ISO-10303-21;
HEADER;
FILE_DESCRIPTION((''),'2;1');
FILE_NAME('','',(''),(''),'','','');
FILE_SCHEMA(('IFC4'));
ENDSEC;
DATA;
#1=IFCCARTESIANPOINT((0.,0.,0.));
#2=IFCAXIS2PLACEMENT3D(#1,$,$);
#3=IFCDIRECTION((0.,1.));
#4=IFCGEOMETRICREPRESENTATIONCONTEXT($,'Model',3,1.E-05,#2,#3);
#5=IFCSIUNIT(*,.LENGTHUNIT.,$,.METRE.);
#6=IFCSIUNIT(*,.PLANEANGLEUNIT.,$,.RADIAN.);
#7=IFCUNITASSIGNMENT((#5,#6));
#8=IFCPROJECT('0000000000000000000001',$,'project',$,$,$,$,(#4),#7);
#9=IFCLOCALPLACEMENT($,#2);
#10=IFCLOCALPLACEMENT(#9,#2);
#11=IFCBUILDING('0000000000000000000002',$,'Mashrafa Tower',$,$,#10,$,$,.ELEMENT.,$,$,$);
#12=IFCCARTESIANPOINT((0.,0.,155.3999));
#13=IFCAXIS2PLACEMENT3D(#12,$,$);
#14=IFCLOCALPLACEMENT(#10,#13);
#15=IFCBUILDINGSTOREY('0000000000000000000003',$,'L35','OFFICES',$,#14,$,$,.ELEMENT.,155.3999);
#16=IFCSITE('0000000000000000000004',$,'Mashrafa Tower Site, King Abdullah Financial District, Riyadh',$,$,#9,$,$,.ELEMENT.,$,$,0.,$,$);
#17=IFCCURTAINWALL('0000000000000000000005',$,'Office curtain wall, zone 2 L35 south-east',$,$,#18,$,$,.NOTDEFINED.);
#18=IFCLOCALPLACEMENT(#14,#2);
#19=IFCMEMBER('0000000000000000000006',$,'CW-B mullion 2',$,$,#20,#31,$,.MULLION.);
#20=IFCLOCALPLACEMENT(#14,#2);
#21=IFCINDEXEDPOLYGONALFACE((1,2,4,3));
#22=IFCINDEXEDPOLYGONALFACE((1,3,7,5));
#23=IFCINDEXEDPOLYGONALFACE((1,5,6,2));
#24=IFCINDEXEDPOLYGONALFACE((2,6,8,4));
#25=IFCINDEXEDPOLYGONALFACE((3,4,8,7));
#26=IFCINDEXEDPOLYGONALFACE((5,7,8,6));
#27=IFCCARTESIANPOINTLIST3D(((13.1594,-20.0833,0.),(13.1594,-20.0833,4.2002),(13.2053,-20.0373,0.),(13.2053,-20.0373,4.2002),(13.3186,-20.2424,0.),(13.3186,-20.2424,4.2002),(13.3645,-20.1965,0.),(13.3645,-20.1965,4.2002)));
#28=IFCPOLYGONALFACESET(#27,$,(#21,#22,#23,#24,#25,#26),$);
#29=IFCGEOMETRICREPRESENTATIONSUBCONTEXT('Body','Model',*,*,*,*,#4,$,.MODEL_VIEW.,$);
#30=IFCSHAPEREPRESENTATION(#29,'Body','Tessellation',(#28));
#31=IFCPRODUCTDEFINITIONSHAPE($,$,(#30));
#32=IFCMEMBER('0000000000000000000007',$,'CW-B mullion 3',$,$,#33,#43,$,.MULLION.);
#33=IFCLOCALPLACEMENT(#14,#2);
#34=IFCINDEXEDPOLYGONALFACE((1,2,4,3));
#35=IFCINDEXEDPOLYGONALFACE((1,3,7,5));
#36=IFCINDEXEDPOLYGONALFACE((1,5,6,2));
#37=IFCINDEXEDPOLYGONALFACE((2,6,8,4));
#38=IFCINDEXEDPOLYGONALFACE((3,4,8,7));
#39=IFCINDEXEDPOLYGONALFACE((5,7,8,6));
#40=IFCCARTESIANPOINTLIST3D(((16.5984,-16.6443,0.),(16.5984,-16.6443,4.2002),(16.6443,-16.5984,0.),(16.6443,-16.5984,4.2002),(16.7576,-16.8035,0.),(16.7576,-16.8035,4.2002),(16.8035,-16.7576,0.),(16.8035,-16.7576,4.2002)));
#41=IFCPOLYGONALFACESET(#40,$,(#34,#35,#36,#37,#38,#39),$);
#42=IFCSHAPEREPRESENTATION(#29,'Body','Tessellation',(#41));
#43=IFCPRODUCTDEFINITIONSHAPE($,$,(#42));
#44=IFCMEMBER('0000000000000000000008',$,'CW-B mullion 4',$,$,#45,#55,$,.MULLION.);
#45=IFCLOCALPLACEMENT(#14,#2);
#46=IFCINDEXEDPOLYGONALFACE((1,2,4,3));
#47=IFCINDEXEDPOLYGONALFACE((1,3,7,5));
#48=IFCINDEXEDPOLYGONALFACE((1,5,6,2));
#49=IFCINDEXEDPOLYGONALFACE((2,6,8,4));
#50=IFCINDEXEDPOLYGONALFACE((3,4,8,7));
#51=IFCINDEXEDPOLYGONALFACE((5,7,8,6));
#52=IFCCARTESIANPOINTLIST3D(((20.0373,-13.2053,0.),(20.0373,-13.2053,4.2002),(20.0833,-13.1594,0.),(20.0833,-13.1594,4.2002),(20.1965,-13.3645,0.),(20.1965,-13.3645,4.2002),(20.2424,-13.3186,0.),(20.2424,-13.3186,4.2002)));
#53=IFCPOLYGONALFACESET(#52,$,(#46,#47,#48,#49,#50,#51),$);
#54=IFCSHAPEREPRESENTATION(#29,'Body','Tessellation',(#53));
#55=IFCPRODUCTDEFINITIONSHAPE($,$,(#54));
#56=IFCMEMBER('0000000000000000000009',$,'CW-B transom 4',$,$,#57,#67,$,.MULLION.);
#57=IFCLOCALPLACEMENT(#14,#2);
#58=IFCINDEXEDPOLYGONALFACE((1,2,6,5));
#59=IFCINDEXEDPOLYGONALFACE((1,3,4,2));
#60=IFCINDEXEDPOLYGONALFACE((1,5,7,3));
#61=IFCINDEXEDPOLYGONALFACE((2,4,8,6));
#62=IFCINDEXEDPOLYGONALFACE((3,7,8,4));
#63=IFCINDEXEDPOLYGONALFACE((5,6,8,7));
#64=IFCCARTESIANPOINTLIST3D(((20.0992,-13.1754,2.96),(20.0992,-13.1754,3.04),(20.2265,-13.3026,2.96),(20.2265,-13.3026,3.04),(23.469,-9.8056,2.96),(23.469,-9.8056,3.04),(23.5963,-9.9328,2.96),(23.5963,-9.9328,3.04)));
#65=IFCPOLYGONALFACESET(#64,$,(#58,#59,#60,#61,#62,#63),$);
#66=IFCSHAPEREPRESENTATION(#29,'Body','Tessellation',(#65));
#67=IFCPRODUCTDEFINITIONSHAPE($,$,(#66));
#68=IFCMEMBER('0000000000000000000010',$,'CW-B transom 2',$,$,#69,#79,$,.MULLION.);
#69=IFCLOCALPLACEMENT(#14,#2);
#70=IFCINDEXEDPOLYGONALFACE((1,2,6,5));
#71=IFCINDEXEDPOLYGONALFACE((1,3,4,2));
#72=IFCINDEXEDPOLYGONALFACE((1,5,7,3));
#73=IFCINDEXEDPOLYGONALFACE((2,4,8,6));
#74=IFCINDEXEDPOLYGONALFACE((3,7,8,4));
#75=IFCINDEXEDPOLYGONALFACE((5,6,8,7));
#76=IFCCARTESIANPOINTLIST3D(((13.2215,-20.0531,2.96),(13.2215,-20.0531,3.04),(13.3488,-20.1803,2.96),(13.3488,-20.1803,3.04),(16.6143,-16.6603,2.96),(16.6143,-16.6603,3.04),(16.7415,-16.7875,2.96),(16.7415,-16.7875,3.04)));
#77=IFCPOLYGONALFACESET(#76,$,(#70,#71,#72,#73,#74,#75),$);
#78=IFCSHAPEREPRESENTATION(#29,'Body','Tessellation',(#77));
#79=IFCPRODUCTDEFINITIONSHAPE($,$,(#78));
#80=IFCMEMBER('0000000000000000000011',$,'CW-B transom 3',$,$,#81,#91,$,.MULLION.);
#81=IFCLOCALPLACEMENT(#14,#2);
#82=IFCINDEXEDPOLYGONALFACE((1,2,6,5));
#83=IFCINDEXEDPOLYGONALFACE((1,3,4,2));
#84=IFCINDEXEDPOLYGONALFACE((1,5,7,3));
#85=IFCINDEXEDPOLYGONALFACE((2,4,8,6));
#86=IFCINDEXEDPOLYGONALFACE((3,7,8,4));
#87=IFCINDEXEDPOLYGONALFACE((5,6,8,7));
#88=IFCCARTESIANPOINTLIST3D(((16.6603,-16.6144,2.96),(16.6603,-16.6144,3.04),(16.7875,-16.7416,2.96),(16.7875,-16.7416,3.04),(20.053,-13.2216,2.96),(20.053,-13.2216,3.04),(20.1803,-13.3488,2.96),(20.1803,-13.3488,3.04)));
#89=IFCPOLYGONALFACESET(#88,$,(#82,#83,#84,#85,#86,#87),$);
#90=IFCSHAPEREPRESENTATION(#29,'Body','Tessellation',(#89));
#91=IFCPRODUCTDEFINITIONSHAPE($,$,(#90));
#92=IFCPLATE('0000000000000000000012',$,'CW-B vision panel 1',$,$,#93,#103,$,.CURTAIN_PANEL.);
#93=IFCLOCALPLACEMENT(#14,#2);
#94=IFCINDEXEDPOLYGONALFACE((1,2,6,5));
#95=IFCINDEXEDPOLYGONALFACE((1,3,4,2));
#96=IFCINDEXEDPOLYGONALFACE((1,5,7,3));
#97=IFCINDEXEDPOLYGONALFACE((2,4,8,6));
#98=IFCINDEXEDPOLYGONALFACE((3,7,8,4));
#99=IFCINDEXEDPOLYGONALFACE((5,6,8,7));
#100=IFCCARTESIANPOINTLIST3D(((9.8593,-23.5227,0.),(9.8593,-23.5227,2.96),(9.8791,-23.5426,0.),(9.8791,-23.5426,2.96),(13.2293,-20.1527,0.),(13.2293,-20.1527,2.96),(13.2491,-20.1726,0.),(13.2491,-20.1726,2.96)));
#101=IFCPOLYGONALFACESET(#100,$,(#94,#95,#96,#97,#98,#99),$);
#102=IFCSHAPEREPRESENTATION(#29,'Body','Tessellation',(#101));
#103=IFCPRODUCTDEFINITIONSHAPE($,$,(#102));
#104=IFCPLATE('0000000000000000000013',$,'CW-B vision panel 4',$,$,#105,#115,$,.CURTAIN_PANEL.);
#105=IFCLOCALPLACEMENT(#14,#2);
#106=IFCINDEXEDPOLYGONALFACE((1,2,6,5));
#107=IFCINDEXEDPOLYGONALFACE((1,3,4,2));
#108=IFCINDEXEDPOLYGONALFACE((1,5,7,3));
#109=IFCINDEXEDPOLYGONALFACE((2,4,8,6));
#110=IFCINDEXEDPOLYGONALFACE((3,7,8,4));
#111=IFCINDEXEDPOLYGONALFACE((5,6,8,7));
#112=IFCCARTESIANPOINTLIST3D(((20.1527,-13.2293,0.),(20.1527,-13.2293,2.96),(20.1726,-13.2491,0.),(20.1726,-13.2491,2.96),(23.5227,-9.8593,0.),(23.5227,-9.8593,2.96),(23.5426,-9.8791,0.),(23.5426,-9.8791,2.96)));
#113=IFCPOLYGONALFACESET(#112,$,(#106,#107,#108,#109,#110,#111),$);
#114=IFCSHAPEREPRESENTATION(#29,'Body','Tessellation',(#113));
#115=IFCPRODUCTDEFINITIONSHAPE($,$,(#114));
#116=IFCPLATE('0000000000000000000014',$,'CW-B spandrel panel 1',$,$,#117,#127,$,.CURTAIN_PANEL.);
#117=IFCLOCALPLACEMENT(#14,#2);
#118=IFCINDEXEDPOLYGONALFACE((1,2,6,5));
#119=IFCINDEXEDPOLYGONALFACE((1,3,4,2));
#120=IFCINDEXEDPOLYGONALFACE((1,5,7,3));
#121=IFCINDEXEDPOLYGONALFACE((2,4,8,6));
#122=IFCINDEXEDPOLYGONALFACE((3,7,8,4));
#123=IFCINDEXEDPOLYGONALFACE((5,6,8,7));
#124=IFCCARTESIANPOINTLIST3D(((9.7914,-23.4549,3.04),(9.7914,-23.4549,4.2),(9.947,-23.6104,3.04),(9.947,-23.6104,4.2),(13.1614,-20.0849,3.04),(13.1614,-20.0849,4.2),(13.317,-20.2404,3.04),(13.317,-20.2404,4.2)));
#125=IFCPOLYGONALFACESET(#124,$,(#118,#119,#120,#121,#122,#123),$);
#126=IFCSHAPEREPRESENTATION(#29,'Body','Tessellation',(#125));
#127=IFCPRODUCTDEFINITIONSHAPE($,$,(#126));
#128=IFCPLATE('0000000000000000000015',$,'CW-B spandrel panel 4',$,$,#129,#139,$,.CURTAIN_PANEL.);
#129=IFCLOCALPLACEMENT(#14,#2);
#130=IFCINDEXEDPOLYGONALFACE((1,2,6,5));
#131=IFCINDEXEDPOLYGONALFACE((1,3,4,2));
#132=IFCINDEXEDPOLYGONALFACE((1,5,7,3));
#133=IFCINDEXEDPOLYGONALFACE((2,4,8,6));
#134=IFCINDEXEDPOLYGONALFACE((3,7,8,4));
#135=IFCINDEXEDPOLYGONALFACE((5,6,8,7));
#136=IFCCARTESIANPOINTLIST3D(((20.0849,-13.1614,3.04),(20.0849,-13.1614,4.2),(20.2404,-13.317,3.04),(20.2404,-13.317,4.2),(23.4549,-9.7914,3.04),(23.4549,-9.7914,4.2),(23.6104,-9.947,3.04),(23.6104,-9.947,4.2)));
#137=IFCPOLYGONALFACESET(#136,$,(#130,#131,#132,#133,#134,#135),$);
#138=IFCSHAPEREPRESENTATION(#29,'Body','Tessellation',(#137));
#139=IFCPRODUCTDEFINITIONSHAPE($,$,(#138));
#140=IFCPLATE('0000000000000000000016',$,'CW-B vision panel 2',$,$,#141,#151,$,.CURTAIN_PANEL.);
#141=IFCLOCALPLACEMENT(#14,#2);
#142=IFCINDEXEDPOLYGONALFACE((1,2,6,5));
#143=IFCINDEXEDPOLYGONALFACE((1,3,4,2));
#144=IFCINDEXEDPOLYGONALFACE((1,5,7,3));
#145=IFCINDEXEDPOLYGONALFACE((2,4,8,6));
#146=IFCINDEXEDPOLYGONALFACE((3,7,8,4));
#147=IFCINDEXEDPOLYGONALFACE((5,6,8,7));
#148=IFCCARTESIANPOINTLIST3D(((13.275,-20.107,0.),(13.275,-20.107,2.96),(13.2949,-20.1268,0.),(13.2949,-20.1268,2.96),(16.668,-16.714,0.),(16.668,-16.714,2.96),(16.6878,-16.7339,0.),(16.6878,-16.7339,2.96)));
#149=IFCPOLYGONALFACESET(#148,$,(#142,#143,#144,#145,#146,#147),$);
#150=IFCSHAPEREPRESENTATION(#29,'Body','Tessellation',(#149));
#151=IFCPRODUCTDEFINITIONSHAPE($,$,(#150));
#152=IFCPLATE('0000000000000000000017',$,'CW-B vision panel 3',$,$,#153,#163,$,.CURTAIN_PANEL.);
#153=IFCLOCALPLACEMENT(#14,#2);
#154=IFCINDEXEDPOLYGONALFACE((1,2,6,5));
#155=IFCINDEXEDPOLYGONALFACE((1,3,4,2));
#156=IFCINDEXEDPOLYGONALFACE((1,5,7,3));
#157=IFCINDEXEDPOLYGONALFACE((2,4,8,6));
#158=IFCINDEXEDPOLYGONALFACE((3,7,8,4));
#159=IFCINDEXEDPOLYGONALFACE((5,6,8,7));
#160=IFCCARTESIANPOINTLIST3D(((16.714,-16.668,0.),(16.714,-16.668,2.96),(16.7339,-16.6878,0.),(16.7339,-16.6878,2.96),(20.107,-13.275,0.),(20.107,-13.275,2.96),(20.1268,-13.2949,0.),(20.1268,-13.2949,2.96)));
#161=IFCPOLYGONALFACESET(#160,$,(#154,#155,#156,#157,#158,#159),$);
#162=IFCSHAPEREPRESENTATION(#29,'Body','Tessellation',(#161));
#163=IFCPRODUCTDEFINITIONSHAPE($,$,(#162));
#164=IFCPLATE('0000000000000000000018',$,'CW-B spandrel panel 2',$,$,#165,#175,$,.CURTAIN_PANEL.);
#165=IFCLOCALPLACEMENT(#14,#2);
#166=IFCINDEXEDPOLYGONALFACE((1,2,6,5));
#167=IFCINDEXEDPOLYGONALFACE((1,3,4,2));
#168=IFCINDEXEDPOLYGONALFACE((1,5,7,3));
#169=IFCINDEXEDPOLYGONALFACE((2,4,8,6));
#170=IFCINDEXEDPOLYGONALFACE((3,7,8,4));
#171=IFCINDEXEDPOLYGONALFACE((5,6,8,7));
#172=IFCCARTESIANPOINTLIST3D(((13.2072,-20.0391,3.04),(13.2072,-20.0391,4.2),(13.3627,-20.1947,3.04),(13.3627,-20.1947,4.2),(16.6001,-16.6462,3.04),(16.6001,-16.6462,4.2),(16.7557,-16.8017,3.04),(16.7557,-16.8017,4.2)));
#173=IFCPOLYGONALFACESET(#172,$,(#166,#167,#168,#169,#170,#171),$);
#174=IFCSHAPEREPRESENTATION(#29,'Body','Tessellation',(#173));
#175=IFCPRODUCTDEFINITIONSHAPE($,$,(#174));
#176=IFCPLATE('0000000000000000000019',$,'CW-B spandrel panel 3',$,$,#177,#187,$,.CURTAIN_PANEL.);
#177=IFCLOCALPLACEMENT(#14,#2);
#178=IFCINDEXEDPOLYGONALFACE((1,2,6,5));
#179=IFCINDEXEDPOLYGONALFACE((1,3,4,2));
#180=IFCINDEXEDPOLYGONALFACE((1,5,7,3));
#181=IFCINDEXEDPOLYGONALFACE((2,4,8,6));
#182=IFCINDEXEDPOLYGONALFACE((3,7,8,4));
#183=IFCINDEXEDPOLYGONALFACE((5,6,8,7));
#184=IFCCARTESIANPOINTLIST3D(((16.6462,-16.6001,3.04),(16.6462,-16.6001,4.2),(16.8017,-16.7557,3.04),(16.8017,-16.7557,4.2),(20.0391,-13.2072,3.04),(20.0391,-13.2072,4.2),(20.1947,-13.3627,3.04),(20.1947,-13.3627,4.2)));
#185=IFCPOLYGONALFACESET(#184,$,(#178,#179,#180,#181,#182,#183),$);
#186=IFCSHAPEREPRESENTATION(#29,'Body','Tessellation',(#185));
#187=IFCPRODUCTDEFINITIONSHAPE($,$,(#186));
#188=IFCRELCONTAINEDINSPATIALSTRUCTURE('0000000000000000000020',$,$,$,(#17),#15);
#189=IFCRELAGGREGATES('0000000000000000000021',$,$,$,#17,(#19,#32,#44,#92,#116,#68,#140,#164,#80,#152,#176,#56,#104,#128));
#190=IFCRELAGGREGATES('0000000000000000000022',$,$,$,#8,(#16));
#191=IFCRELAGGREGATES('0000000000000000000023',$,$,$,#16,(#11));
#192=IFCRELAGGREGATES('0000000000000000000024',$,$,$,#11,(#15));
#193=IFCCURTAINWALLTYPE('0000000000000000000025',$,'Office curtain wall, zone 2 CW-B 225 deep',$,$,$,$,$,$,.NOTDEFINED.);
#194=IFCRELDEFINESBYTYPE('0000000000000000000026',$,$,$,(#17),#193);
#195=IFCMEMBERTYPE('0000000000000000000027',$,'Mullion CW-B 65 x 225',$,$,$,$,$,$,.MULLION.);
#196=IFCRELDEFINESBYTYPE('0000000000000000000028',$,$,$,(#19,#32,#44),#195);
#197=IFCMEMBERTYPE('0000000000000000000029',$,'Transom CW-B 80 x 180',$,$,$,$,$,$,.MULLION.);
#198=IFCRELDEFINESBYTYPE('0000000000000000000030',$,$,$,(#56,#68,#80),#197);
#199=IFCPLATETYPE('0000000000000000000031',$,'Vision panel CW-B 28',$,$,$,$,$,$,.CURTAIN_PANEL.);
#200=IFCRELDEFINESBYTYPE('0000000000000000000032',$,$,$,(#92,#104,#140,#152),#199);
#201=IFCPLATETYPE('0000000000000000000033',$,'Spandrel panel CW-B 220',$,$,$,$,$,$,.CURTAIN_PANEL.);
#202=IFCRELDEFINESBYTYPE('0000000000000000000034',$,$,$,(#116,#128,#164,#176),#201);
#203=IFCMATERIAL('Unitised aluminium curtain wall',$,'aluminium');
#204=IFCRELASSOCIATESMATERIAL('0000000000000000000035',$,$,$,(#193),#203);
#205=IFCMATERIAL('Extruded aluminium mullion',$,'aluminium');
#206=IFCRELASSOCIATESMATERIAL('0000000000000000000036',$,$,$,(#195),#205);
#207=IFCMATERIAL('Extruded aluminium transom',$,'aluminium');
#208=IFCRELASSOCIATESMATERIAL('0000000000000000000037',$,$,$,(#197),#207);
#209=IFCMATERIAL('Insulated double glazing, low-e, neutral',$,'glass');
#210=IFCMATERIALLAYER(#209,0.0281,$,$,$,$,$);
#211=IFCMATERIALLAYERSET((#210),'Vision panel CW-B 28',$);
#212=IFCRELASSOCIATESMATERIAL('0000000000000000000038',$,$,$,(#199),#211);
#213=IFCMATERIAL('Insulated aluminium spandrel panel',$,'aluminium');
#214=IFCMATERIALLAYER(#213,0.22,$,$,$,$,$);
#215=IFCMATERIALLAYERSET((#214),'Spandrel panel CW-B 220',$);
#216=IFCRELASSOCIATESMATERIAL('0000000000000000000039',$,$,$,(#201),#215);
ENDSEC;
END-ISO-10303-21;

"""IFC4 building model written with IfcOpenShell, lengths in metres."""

from ifc_helpers import new_model, si_unit, direction, frame, origin, origin_2d, place, context, subcontext, project, spatial, rectangle, extrude, source, transform, mapped, material, layer, layer_set, material_profile, profile_set, type_object, type_shapes, element, aggregate, save


model = new_model("IFC4")

# Units and contexts
model_context = context("Model", 3, precision=1e-05, world=origin(), true_north=direction((0.0, 1.0)))
body_context = subcontext(model_context, "Body", "Model", "MODEL_VIEW")
ifc_project = project(units=[si_unit("LENGTHUNIT", "METRE"), si_unit("PLANEANGLEUNIT", "RADIAN")], contexts=[model_context])

# Site, building, storey
site_placement = place(None, origin())
site = spatial("IfcSite", under=ifc_project, at=site_placement, Name="Mashrafa Tower Site, King Abdullah Financial District, Riyadh", CompositionType="ELEMENT", RefElevation=0.0)
building_placement = place(site_placement, origin())
building = spatial("IfcBuilding", under=site, at=building_placement, Name="Mashrafa Tower", CompositionType="ELEMENT")
storey_placement = place(building_placement, frame((0.0, 0.0, 155.3999)))
storey = spatial("IfcBuildingStorey", under=building, at=storey_placement, Name="L35", Description="OFFICES", CompositionType="ELEMENT", Elevation=155.3999)

# Curtain wall, members, plates
ifc_material_1 = material(Name="Unitised aluminium curtain wall", Category="aluminium")
curtain_wall_type = type_object("IfcCurtainWallType", Name="Office curtain wall, zone 2 CW-B 225 deep", PredefinedType="NOTDEFINED", material=ifc_material_1)
curtain_wall_placement = place(storey_placement, origin())
curtain_wall = element("IfcCurtainWall", 1, at=curtain_wall_placement, inside=storey, type_object=curtain_wall_type, Name="Office curtain wall, zone 2 L35 south-east", PredefinedType="NOTDEFINED")
ifc_material_2 = material(Name="Extruded aluminium mullion", Category="aluminium")
ifc_material_profile_1 = material_profile(ifc_material_2, rectangle(XDim=0.2251, YDim=0.0649, at=origin_2d()), Name="Mullion 65x225")
ifc_profile_set_1 = profile_set([ifc_material_profile_1], Name="Extruded aluminium mullion")
member_type_1 = type_object("IfcMemberType", Name="Mullion CW-B 65 x 225", PredefinedType="MULLION", material=ifc_profile_set_1)
shared_shape_1 = source(origin(), body_context, "Body", "SweptSolid", [
    extrude(rectangle(XDim=0.2251, YDim=0.0649, at=origin_2d()), origin(), (0.0, 0.0, 1.0), 4.2002),
])
type_shapes(member_type_1, [shared_shape_1])
member_1_placement = place(storey_placement, frame((13.262, -20.1399, 0.0), z_axis=(0.0, 0.0, 1.0), x_axis=(-0.707107, 0.707107, 0.0)))
member_1 = element("IfcMember", 2, at=member_1_placement, type_object=member_type_1, Name="CW-B mullion 2", PredefinedType="MULLION", context=body_context, shape_type="MappedRepresentation", body=[
    mapped(shared_shape_1, transform((0.0, 0.0, 0.0))),
])
member_2_placement = place(storey_placement, frame((16.7009, -16.7009, 0.0), z_axis=(0.0, 0.0, 1.0), x_axis=(-0.707107, 0.707107, 0.0)))
member_2 = element("IfcMember", 3, at=member_2_placement, type_object=member_type_1, Name="CW-B mullion 3", PredefinedType="MULLION", context=body_context, shape_type="MappedRepresentation", body=[
    mapped(shared_shape_1, transform((0.0, 0.0, 0.0))),
])
member_3_placement = place(storey_placement, frame((20.1399, -13.262, 0.0), z_axis=(0.0, 0.0, 1.0), x_axis=(-0.707107, 0.707107, 0.0)))
member_3 = element("IfcMember", 4, at=member_3_placement, type_object=member_type_1, Name="CW-B mullion 4", PredefinedType="MULLION", context=body_context, shape_type="MappedRepresentation", body=[
    mapped(shared_shape_1, transform((0.0, 0.0, 0.0))),
])
ifc_material_3 = material(Name="Extruded aluminium transom", Category="aluminium")
ifc_material_profile_2 = material_profile(ifc_material_3, rectangle(XDim=0.1799, YDim=0.0801, at=origin_2d()), Name="Transom 80x180")
ifc_profile_set_2 = profile_set([ifc_material_profile_2], Name="Extruded aluminium transom")
member_type_2 = type_object("IfcMemberType", Name="Transom CW-B 80 x 180", PredefinedType="MULLION", material=ifc_profile_set_2)
shared_shape_2 = source(origin(), body_context, "Body", "SweptSolid", [
    extrude(rectangle(XDim=0.1799, YDim=0.0801, at=origin_2d()), origin(), (0.0, 0.0, 1.0), 4.7656),
])
member_4_placement = place(storey_placement, frame((20.1628, -13.239, 3.0), z_axis=(0.707107, 0.707107, 0.0), x_axis=(-0.707107, 0.707107, 0.0)))
member_4 = element("IfcMember", 5, at=member_4_placement, type_object=member_type_2, Name="CW-B transom 4", PredefinedType="MULLION", context=body_context, shape_type="MappedRepresentation", body=[
    mapped(shared_shape_2, transform((0.0, 0.0, 0.0))),
])
shared_shape_3 = source(origin(), body_context, "Body", "SweptSolid", [
    extrude(rectangle(XDim=0.1799, YDim=0.0801, at=origin_2d()), origin(), (0.0, 0.0, 1.0), 4.7981),
])
type_shapes(member_type_2, [shared_shape_2, shared_shape_3])
member_5_placement = place(storey_placement, frame((13.2852, -20.1167, 3.0), z_axis=(0.707107, 0.707107, 0.0), x_axis=(-0.707107, 0.707107, 0.0)))
member_5 = element("IfcMember", 6, at=member_5_placement, type_object=member_type_2, Name="CW-B transom 2", PredefinedType="MULLION", context=body_context, shape_type="MappedRepresentation", body=[
    mapped(shared_shape_3, transform((0.0, 0.0, 0.0))),
])
member_6_placement = place(storey_placement, frame((16.7239, -16.678, 3.0), z_axis=(0.707107, 0.707107, 0.0), x_axis=(-0.707107, 0.707107, 0.0)))
member_6 = element("IfcMember", 7, at=member_6_placement, type_object=member_type_2, Name="CW-B transom 3", PredefinedType="MULLION", context=body_context, shape_type="MappedRepresentation", body=[
    mapped(shared_shape_3, transform((0.0, 0.0, 0.0))),
])
ifc_material_4 = material(Name="Insulated double glazing, low-e, neutral", Category="glass")
ifc_layer_1 = layer(ifc_material_4, 0.0281)
ifc_layer_set_1 = layer_set([ifc_layer_1], Name="Vision panel CW-B 28")
plate_type_1 = type_object("IfcPlateType", Name="Vision panel CW-B 28", PredefinedType="CURTAIN_PANEL", material=ifc_layer_set_1)
shared_shape_4 = source(origin(), body_context, "Body", "SweptSolid", [
    extrude(rectangle(XDim=4.7659, YDim=0.0281, at=origin_2d()), origin(), (0.0, 0.0, 1.0), 2.96),
])
plate_1_placement = place(storey_placement, frame((11.5542, -21.8477, 0.0), z_axis=(0.0, 0.0, 1.0), x_axis=(0.707107, 0.707107, 0.0)))
plate_1 = element("IfcPlate", 8, at=plate_1_placement, type_object=plate_type_1, Name="CW-B vision panel 1", PredefinedType="CURTAIN_PANEL", context=body_context, shape_type="MappedRepresentation", body=[
    mapped(shared_shape_4, transform((0.0, 0.0, 0.0))),
])
plate_2_placement = place(storey_placement, frame((21.8477, -11.5542, 0.0), z_axis=(0.0, 0.0, 1.0), x_axis=(0.707107, 0.707107, 0.0)))
plate_2 = element("IfcPlate", 9, at=plate_2_placement, type_object=plate_type_1, Name="CW-B vision panel 4", PredefinedType="CURTAIN_PANEL", context=body_context, shape_type="MappedRepresentation", body=[
    mapped(shared_shape_4, transform((0.0, 0.0, 0.0))),
])
ifc_material_5 = material(Name="Insulated aluminium spandrel panel", Category="aluminium")
ifc_layer_2 = layer(ifc_material_5, 0.22)
ifc_layer_set_2 = layer_set([ifc_layer_2], Name="Spandrel panel CW-B 220")
plate_type_2 = type_object("IfcPlateType", Name="Spandrel panel CW-B 220", PredefinedType="CURTAIN_PANEL", material=ifc_layer_set_2)
shared_shape_5 = source(origin(), body_context, "Body", "SweptSolid", [
    extrude(rectangle(XDim=4.7659, YDim=0.22, at=origin_2d()), origin(), (0.0, 0.0, 1.0), 1.1599),
])
plate_3_placement = place(storey_placement, frame((11.5542, -21.8477, 3.04), z_axis=(0.0, 0.0, 1.0), x_axis=(0.707107, 0.707107, 0.0)))
plate_3 = element("IfcPlate", 10, at=plate_3_placement, type_object=plate_type_2, Name="CW-B spandrel panel 1", PredefinedType="CURTAIN_PANEL", context=body_context, shape_type="MappedRepresentation", body=[
    mapped(shared_shape_5, transform((0.0, 0.0, 0.0))),
])
plate_4_placement = place(storey_placement, frame((21.8477, -11.5542, 3.04), z_axis=(0.0, 0.0, 1.0), x_axis=(0.707107, 0.707107, 0.0)))
plate_4 = element("IfcPlate", 11, at=plate_4_placement, type_object=plate_type_2, Name="CW-B spandrel panel 4", PredefinedType="CURTAIN_PANEL", context=body_context, shape_type="MappedRepresentation", body=[
    mapped(shared_shape_5, transform((0.0, 0.0, 0.0))),
])
shared_shape_6 = source(origin(), body_context, "Body", "SweptSolid", [
    extrude(rectangle(XDim=4.7983, YDim=0.0281, at=origin_2d()), origin(), (0.0, 0.0, 1.0), 2.96),
])
type_shapes(plate_type_1, [shared_shape_4, shared_shape_6])
plate_5_placement = place(storey_placement, frame((14.9814, -18.4204, 0.0), z_axis=(0.0, 0.0, 1.0), x_axis=(0.707107, 0.707107, 0.0)))
plate_5 = element("IfcPlate", 12, at=plate_5_placement, type_object=plate_type_1, Name="CW-B vision panel 2", PredefinedType="CURTAIN_PANEL", context=body_context, shape_type="MappedRepresentation", body=[
    mapped(shared_shape_6, transform((0.0, 0.0, 0.0))),
])
plate_6_placement = place(storey_placement, frame((18.4204, -14.9814, 0.0), z_axis=(0.0, 0.0, 1.0), x_axis=(0.707107, 0.707107, 0.0)))
plate_6 = element("IfcPlate", 13, at=plate_6_placement, type_object=plate_type_1, Name="CW-B vision panel 3", PredefinedType="CURTAIN_PANEL", context=body_context, shape_type="MappedRepresentation", body=[
    mapped(shared_shape_6, transform((0.0, 0.0, 0.0))),
])
shared_shape_7 = source(origin(), body_context, "Body", "SweptSolid", [
    extrude(rectangle(XDim=4.7983, YDim=0.22, at=origin_2d()), origin(), (0.0, 0.0, 1.0), 1.1599),
])
type_shapes(plate_type_2, [shared_shape_5, shared_shape_7])
plate_7_placement = place(storey_placement, frame((14.9814, -18.4204, 3.04), z_axis=(0.0, 0.0, 1.0), x_axis=(0.707107, 0.707107, 0.0)))
plate_7 = element("IfcPlate", 14, at=plate_7_placement, type_object=plate_type_2, Name="CW-B spandrel panel 2", PredefinedType="CURTAIN_PANEL", context=body_context, shape_type="MappedRepresentation", body=[
    mapped(shared_shape_7, transform((0.0, 0.0, 0.0))),
])
plate_8_placement = place(storey_placement, frame((18.4204, -14.9814, 3.04), z_axis=(0.0, 0.0, 1.0), x_axis=(0.707107, 0.707107, 0.0)))
plate_8 = element("IfcPlate", 15, at=plate_8_placement, type_object=plate_type_2, Name="CW-B spandrel panel 3", PredefinedType="CURTAIN_PANEL", context=body_context, shape_type="MappedRepresentation", body=[
    mapped(shared_shape_7, transform((0.0, 0.0, 0.0))),
])
aggregate(curtain_wall, [member_1, member_2, member_3, plate_1, plate_3, member_5, plate_5, plate_7, member_6, plate_6, plate_8, member_4, plate_2, plate_4])

save(model, "model.ifc")
